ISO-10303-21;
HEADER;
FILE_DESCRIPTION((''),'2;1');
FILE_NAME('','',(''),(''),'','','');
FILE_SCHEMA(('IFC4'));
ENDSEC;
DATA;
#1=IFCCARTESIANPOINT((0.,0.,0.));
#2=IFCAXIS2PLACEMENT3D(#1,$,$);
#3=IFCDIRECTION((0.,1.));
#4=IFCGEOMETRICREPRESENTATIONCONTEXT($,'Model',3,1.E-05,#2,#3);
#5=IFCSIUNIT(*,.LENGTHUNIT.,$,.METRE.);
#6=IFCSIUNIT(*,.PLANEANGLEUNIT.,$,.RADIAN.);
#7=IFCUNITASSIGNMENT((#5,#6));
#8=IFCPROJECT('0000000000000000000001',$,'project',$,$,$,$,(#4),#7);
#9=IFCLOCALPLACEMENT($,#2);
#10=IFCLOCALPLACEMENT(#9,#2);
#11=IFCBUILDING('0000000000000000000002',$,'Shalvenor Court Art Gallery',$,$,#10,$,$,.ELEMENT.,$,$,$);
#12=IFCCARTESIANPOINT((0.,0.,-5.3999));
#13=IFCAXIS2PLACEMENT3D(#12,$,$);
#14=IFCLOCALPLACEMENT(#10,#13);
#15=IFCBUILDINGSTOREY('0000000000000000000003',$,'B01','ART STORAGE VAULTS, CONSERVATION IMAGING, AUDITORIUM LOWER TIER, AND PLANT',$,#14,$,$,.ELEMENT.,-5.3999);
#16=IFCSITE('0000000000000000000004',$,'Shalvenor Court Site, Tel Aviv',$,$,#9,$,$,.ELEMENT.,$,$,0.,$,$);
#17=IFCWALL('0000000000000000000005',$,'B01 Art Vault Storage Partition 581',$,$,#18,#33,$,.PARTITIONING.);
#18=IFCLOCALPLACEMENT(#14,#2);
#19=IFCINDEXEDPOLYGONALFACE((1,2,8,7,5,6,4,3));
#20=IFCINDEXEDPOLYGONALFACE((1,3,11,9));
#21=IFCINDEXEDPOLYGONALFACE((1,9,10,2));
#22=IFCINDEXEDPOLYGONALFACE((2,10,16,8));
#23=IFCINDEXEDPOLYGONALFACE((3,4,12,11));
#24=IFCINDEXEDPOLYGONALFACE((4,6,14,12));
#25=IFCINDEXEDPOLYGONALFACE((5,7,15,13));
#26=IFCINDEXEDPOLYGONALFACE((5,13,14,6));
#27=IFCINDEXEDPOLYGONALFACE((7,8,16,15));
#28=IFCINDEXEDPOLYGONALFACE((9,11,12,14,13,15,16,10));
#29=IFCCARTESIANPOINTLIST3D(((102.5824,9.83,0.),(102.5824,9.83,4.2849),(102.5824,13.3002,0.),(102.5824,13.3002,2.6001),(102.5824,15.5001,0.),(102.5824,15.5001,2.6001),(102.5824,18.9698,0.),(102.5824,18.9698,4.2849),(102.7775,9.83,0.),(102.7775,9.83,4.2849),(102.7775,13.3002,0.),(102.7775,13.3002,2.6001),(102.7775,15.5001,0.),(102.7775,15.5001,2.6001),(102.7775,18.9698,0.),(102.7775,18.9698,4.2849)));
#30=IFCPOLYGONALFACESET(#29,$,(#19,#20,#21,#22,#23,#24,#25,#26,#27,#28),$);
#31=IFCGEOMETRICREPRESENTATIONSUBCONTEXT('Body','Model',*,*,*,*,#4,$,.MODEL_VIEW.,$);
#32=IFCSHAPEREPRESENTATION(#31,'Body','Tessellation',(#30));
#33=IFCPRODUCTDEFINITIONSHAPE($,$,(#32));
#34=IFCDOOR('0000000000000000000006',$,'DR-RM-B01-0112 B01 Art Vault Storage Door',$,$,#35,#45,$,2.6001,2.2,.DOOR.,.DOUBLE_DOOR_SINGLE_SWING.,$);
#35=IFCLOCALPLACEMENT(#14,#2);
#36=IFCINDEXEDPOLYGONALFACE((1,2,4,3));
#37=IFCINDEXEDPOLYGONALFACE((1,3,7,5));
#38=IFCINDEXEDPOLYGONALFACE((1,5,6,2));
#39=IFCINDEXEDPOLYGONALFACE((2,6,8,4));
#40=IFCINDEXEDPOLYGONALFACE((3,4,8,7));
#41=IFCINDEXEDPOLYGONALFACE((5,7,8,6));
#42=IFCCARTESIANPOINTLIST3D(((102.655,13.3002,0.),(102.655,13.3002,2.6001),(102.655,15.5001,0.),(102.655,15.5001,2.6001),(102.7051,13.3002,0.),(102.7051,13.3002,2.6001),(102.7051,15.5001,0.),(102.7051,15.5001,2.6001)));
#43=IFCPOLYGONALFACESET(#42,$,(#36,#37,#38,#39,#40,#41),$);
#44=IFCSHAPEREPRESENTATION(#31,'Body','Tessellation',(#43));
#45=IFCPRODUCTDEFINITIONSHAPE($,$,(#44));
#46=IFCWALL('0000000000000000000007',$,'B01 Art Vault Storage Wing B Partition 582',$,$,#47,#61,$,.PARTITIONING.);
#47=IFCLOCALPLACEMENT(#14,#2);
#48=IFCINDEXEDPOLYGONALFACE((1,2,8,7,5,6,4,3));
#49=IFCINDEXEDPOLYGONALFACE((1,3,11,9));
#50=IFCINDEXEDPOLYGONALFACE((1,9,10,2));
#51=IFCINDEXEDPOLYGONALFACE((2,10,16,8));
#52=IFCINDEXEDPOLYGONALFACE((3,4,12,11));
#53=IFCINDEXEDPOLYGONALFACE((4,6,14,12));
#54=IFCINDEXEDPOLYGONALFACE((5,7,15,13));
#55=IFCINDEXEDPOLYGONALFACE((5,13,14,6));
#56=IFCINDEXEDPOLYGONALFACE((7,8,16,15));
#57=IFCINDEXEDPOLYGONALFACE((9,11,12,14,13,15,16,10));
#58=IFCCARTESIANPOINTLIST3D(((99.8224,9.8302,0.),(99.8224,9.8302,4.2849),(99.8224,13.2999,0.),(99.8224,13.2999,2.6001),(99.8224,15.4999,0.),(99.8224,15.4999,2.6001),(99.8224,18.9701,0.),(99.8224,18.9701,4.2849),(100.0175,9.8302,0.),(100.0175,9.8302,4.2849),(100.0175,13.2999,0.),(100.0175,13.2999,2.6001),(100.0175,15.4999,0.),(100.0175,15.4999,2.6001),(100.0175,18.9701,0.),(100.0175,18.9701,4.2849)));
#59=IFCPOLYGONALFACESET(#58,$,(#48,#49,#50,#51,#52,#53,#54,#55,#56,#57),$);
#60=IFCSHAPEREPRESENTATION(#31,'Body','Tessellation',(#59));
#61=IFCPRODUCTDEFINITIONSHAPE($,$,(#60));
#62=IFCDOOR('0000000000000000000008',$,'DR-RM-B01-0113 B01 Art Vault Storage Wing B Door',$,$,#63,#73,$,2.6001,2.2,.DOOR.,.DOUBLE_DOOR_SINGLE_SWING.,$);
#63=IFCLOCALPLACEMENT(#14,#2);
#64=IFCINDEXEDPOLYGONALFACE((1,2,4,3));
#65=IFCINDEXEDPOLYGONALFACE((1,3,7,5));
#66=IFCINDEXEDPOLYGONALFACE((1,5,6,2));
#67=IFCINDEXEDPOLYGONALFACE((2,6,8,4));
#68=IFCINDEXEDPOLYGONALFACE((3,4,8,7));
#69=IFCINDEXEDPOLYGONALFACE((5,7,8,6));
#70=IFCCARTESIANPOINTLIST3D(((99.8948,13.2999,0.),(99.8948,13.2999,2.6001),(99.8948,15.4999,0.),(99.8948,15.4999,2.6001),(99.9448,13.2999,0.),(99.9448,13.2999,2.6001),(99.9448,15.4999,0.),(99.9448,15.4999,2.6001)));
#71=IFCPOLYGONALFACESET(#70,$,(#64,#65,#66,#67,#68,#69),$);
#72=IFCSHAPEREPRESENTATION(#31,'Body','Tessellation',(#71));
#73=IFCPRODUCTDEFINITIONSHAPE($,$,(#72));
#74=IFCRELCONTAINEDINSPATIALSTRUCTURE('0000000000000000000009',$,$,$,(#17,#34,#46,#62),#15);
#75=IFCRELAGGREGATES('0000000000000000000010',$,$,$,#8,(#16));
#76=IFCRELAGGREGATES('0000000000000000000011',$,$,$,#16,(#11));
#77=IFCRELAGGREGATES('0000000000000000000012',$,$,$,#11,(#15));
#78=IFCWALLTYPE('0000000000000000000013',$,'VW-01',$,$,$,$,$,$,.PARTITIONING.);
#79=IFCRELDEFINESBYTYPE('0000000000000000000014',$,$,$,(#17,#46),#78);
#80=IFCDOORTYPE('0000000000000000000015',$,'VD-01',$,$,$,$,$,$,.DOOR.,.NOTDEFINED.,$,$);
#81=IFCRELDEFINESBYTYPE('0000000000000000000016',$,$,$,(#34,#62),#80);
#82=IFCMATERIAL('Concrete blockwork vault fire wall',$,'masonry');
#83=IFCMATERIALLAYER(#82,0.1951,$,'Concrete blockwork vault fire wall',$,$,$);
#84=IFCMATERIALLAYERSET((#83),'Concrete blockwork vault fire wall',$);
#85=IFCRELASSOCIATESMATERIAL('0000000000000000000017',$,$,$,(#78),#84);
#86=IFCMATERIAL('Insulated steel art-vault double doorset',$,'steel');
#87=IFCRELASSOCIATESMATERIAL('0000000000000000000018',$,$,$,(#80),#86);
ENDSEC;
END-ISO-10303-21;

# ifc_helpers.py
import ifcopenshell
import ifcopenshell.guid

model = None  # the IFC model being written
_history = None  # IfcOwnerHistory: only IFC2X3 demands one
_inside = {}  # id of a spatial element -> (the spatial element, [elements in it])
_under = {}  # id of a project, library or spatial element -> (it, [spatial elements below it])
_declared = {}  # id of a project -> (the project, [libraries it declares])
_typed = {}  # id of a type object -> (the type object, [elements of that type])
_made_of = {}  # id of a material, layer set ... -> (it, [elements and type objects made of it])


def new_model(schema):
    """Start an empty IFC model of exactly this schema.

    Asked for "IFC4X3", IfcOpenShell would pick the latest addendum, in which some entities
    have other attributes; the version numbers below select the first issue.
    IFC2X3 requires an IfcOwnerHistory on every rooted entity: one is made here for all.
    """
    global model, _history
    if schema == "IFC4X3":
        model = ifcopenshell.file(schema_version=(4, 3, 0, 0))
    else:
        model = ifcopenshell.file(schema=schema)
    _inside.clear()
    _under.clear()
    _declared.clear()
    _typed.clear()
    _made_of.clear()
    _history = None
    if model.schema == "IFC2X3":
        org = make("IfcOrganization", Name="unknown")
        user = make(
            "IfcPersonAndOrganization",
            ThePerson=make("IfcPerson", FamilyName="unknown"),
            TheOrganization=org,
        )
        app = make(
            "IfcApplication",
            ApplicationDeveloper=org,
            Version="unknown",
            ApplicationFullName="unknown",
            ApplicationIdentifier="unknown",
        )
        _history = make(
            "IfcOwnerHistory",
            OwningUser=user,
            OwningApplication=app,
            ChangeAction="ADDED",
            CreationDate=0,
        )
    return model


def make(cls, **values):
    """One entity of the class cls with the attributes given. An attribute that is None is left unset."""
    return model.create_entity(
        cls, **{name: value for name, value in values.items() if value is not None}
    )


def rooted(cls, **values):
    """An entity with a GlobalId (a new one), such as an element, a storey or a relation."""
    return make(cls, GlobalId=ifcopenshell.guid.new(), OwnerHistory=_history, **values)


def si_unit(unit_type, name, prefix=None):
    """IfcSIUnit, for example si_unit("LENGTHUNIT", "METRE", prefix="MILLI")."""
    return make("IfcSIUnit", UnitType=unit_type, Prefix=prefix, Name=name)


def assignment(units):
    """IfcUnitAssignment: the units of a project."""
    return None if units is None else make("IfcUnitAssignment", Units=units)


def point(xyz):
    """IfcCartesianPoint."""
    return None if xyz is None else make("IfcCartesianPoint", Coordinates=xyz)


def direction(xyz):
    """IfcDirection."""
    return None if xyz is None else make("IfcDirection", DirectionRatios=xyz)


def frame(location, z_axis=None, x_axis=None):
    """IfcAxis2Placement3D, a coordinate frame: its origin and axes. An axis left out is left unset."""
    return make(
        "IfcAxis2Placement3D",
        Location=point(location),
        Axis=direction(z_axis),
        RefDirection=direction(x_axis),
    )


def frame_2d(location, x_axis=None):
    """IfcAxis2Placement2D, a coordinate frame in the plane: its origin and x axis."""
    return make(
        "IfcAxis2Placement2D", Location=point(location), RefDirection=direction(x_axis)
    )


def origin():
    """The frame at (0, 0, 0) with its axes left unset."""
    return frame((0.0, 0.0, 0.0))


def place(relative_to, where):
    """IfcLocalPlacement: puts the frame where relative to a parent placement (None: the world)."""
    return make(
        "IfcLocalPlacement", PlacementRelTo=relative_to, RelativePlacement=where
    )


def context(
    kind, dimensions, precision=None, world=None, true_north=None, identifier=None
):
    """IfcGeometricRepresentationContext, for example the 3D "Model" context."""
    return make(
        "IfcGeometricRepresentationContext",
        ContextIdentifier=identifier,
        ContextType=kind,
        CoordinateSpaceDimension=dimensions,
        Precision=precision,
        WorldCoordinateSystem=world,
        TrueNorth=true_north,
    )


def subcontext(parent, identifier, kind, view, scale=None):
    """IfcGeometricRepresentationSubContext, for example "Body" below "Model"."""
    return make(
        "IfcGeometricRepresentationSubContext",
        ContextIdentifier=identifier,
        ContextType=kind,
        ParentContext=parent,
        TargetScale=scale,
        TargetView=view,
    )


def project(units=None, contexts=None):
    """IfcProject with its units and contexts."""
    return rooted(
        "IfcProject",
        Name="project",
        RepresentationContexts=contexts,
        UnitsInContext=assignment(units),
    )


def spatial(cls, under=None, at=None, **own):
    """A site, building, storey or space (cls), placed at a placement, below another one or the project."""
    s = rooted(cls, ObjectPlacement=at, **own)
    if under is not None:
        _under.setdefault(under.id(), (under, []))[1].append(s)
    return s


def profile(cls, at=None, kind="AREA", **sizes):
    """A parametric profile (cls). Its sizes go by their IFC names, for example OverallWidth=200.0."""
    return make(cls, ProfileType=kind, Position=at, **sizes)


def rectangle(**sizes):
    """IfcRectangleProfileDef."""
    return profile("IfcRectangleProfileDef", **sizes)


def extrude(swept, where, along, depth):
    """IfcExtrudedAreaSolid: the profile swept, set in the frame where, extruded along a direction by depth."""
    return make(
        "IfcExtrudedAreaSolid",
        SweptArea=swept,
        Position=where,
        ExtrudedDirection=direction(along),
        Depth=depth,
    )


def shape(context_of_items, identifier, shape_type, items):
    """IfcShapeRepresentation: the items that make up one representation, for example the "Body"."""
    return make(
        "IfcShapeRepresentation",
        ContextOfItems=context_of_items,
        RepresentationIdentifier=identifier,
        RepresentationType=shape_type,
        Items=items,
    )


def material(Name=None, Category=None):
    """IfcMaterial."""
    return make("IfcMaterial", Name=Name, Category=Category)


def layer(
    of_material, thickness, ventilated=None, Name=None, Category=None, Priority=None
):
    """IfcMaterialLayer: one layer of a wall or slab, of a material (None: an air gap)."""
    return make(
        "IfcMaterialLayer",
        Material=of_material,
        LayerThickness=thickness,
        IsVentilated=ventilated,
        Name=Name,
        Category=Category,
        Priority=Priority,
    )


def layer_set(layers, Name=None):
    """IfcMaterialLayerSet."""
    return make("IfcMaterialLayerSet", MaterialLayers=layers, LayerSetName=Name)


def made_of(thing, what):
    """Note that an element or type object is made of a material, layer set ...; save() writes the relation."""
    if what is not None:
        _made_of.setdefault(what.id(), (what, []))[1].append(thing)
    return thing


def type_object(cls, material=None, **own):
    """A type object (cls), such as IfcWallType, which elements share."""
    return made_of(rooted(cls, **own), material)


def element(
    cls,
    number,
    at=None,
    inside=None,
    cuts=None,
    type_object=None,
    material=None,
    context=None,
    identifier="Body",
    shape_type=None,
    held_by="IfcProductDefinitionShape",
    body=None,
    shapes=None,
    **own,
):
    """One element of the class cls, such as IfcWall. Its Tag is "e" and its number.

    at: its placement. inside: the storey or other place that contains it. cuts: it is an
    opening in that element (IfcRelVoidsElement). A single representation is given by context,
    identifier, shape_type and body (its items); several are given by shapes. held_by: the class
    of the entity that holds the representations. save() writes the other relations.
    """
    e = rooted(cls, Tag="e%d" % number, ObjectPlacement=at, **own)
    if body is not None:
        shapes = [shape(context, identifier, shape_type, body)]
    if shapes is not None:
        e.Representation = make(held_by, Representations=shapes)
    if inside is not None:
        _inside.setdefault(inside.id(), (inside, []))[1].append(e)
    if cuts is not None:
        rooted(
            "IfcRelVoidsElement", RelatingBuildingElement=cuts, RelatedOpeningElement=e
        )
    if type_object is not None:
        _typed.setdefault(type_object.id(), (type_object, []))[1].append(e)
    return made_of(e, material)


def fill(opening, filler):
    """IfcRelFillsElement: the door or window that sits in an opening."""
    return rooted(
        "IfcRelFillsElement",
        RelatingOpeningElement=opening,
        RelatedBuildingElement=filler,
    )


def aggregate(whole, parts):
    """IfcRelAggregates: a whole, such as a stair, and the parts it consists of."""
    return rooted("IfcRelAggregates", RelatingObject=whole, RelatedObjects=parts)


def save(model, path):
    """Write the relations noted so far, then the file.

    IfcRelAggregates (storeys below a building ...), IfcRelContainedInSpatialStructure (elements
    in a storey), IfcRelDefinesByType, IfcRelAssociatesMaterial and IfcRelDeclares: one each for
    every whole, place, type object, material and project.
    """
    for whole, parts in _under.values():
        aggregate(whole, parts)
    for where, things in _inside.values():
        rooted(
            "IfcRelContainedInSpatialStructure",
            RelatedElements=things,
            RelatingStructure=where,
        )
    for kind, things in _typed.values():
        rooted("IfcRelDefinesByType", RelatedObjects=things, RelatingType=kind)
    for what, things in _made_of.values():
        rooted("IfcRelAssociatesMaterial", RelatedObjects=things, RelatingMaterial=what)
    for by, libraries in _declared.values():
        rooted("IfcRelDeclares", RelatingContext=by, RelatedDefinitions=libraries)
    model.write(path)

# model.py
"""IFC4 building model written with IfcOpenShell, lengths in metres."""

from ifc_helpers import new_model, si_unit, direction, frame, frame_2d, origin, place, context, subcontext, project, spatial, rectangle, extrude, material, layer, layer_set, type_object, element, fill, save


model = new_model("IFC4")

# Units and contexts
model_context = context("Model", 3, precision=1e-05, world=origin(), true_north=direction((0.0, 1.0)))
body_context = subcontext(model_context, "Body", "Model", "MODEL_VIEW")
ifc_project = project(units=[si_unit("LENGTHUNIT", "METRE"), si_unit("PLANEANGLEUNIT", "RADIAN")], contexts=[model_context])

# Site, building, storey
site_placement = place(None, origin())
site = spatial("IfcSite", under=ifc_project, at=site_placement, Name="Shalvenor Court Site, Tel Aviv", CompositionType="ELEMENT", RefElevation=0.0)
building_placement = place(site_placement, origin())
building = spatial("IfcBuilding", under=site, at=building_placement, Name="Shalvenor Court Art Gallery", CompositionType="ELEMENT")
storey_placement = place(building_placement, frame((0.0, 0.0, -5.3999)))
storey = spatial("IfcBuildingStorey", under=building, at=storey_placement, Name="B01", Description="ART STORAGE VAULTS, CONSERVATION IMAGING, AUDITORIUM LOWER TIER, AND PLANT", CompositionType="ELEMENT", Elevation=-5.3999)

# Walls, openings, doors
ifc_material_1 = material(Name="Concrete blockwork vault fire wall", Category="masonry")
ifc_layer_1 = layer(ifc_material_1, 0.1951, Name="Concrete blockwork vault fire wall")
ifc_layer_set_1 = layer_set([ifc_layer_1], Name="Concrete blockwork vault fire wall")
wall_type_1 = type_object("IfcWallType", Name="VW-01", PredefinedType="PARTITIONING", material=ifc_layer_set_1)
wall_1_placement = place(storey_placement, frame((102.6799, 9.8301, 0.0), z_axis=(0.0, 0.0, 1.0), x_axis=(0.0, 1.0, 0.0)))
wall_1 = element("IfcWall", 1, at=wall_1_placement, inside=storey, type_object=wall_type_1, Name="B01 Art Vault Storage Partition 581", PredefinedType="PARTITIONING", context=body_context, shape_type="SweptSolid", body=[
    extrude(rectangle(XDim=9.1399, YDim=0.1951, at=frame_2d((4.5698, 0.0))), origin(), (0.0, 0.0, 1.0), 4.2849),
])
opening_1_placement = place(wall_1_placement, frame((3.47, 0.0, 0.0)))
opening_1 = element("IfcOpeningElement", 2, at=opening_1_placement, cuts=wall_1, PredefinedType="OPENING", context=body_context, shape_type="SweptSolid", body=[
    extrude(rectangle(XDim=2.2, YDim=2.6001, at=frame_2d((1.1001, 1.3))), frame((0.0, 0.1074, 0.0), z_axis=(0.0, -1.0, 0.0), x_axis=(1.0, 0.0, 0.0)), (0.0, 0.0, 1.0), 0.2151),
])
ifc_material_2 = material(Name="Insulated steel art-vault double doorset", Category="steel")
door_type_1 = type_object("IfcDoorType", Name="VD-01", OperationType="NOTDEFINED", PredefinedType="DOOR", material=ifc_material_2)
door_1_placement = place(opening_1_placement, origin())
door_1 = element("IfcDoor", 3, at=door_1_placement, inside=storey, type_object=door_type_1, Name="DR-RM-B01-0112 B01 Art Vault Storage Door", OperationType="DOUBLE_DOOR_SINGLE_SWING", OverallHeight=2.6001, OverallWidth=2.2, PredefinedType="DOOR", context=body_context, shape_type="SweptSolid", body=[
    extrude(rectangle(XDim=2.2, YDim=2.6001, at=frame_2d((1.1001, 1.3))), frame((0.0, 0.0249, 0.0), z_axis=(0.0, -1.0, 0.0), x_axis=(1.0, 0.0, 0.0)), (0.0, 0.0, 1.0), 0.05),
])
fill(opening_1, door_1)
wall_2_placement = place(storey_placement, frame((99.9199, 18.97, 0.0), z_axis=(0.0, 0.0, 1.0), x_axis=(0.0, -1.0, 0.0)))
wall_2 = element("IfcWall", 4, at=wall_2_placement, inside=storey, type_object=wall_type_1, Name="B01 Art Vault Storage Wing B Partition 582", PredefinedType="PARTITIONING", context=body_context, shape_type="SweptSolid", body=[
    extrude(rectangle(XDim=9.1399, YDim=0.1951, at=frame_2d((4.5698, 0.0))), origin(), (0.0, 0.0, 1.0), 4.2849),
])
opening_2_placement = place(wall_2_placement, frame((3.47, 0.0, 0.0)))
opening_2 = element("IfcOpeningElement", 5, at=opening_2_placement, cuts=wall_2, PredefinedType="OPENING", context=body_context, shape_type="SweptSolid", body=[
    extrude(rectangle(XDim=2.2, YDim=2.6001, at=frame_2d((1.1001, 1.3))), frame((0.0, 0.1074, 0.0), z_axis=(0.0, -1.0, 0.0), x_axis=(1.0, 0.0, 0.0)), (0.0, 0.0, 1.0), 0.2151),
])
door_2_placement = place(opening_2_placement, origin())
door_2 = element("IfcDoor", 6, at=door_2_placement, inside=storey, type_object=door_type_1, Name="DR-RM-B01-0113 B01 Art Vault Storage Wing B Door", OperationType="DOUBLE_DOOR_SINGLE_SWING", OverallHeight=2.6001, OverallWidth=2.2, PredefinedType="DOOR", context=body_context, shape_type="SweptSolid", body=[
    extrude(rectangle(XDim=2.2, YDim=2.6001, at=frame_2d((1.1001, 1.3))), frame((0.0, 0.0249, 0.0), z_axis=(0.0, -1.0, 0.0), x_axis=(1.0, 0.0, 0.0)), (0.0, 0.0, 1.0), 0.05),
])
fill(opening_2, door_2)

save(model, "model.ifc")
